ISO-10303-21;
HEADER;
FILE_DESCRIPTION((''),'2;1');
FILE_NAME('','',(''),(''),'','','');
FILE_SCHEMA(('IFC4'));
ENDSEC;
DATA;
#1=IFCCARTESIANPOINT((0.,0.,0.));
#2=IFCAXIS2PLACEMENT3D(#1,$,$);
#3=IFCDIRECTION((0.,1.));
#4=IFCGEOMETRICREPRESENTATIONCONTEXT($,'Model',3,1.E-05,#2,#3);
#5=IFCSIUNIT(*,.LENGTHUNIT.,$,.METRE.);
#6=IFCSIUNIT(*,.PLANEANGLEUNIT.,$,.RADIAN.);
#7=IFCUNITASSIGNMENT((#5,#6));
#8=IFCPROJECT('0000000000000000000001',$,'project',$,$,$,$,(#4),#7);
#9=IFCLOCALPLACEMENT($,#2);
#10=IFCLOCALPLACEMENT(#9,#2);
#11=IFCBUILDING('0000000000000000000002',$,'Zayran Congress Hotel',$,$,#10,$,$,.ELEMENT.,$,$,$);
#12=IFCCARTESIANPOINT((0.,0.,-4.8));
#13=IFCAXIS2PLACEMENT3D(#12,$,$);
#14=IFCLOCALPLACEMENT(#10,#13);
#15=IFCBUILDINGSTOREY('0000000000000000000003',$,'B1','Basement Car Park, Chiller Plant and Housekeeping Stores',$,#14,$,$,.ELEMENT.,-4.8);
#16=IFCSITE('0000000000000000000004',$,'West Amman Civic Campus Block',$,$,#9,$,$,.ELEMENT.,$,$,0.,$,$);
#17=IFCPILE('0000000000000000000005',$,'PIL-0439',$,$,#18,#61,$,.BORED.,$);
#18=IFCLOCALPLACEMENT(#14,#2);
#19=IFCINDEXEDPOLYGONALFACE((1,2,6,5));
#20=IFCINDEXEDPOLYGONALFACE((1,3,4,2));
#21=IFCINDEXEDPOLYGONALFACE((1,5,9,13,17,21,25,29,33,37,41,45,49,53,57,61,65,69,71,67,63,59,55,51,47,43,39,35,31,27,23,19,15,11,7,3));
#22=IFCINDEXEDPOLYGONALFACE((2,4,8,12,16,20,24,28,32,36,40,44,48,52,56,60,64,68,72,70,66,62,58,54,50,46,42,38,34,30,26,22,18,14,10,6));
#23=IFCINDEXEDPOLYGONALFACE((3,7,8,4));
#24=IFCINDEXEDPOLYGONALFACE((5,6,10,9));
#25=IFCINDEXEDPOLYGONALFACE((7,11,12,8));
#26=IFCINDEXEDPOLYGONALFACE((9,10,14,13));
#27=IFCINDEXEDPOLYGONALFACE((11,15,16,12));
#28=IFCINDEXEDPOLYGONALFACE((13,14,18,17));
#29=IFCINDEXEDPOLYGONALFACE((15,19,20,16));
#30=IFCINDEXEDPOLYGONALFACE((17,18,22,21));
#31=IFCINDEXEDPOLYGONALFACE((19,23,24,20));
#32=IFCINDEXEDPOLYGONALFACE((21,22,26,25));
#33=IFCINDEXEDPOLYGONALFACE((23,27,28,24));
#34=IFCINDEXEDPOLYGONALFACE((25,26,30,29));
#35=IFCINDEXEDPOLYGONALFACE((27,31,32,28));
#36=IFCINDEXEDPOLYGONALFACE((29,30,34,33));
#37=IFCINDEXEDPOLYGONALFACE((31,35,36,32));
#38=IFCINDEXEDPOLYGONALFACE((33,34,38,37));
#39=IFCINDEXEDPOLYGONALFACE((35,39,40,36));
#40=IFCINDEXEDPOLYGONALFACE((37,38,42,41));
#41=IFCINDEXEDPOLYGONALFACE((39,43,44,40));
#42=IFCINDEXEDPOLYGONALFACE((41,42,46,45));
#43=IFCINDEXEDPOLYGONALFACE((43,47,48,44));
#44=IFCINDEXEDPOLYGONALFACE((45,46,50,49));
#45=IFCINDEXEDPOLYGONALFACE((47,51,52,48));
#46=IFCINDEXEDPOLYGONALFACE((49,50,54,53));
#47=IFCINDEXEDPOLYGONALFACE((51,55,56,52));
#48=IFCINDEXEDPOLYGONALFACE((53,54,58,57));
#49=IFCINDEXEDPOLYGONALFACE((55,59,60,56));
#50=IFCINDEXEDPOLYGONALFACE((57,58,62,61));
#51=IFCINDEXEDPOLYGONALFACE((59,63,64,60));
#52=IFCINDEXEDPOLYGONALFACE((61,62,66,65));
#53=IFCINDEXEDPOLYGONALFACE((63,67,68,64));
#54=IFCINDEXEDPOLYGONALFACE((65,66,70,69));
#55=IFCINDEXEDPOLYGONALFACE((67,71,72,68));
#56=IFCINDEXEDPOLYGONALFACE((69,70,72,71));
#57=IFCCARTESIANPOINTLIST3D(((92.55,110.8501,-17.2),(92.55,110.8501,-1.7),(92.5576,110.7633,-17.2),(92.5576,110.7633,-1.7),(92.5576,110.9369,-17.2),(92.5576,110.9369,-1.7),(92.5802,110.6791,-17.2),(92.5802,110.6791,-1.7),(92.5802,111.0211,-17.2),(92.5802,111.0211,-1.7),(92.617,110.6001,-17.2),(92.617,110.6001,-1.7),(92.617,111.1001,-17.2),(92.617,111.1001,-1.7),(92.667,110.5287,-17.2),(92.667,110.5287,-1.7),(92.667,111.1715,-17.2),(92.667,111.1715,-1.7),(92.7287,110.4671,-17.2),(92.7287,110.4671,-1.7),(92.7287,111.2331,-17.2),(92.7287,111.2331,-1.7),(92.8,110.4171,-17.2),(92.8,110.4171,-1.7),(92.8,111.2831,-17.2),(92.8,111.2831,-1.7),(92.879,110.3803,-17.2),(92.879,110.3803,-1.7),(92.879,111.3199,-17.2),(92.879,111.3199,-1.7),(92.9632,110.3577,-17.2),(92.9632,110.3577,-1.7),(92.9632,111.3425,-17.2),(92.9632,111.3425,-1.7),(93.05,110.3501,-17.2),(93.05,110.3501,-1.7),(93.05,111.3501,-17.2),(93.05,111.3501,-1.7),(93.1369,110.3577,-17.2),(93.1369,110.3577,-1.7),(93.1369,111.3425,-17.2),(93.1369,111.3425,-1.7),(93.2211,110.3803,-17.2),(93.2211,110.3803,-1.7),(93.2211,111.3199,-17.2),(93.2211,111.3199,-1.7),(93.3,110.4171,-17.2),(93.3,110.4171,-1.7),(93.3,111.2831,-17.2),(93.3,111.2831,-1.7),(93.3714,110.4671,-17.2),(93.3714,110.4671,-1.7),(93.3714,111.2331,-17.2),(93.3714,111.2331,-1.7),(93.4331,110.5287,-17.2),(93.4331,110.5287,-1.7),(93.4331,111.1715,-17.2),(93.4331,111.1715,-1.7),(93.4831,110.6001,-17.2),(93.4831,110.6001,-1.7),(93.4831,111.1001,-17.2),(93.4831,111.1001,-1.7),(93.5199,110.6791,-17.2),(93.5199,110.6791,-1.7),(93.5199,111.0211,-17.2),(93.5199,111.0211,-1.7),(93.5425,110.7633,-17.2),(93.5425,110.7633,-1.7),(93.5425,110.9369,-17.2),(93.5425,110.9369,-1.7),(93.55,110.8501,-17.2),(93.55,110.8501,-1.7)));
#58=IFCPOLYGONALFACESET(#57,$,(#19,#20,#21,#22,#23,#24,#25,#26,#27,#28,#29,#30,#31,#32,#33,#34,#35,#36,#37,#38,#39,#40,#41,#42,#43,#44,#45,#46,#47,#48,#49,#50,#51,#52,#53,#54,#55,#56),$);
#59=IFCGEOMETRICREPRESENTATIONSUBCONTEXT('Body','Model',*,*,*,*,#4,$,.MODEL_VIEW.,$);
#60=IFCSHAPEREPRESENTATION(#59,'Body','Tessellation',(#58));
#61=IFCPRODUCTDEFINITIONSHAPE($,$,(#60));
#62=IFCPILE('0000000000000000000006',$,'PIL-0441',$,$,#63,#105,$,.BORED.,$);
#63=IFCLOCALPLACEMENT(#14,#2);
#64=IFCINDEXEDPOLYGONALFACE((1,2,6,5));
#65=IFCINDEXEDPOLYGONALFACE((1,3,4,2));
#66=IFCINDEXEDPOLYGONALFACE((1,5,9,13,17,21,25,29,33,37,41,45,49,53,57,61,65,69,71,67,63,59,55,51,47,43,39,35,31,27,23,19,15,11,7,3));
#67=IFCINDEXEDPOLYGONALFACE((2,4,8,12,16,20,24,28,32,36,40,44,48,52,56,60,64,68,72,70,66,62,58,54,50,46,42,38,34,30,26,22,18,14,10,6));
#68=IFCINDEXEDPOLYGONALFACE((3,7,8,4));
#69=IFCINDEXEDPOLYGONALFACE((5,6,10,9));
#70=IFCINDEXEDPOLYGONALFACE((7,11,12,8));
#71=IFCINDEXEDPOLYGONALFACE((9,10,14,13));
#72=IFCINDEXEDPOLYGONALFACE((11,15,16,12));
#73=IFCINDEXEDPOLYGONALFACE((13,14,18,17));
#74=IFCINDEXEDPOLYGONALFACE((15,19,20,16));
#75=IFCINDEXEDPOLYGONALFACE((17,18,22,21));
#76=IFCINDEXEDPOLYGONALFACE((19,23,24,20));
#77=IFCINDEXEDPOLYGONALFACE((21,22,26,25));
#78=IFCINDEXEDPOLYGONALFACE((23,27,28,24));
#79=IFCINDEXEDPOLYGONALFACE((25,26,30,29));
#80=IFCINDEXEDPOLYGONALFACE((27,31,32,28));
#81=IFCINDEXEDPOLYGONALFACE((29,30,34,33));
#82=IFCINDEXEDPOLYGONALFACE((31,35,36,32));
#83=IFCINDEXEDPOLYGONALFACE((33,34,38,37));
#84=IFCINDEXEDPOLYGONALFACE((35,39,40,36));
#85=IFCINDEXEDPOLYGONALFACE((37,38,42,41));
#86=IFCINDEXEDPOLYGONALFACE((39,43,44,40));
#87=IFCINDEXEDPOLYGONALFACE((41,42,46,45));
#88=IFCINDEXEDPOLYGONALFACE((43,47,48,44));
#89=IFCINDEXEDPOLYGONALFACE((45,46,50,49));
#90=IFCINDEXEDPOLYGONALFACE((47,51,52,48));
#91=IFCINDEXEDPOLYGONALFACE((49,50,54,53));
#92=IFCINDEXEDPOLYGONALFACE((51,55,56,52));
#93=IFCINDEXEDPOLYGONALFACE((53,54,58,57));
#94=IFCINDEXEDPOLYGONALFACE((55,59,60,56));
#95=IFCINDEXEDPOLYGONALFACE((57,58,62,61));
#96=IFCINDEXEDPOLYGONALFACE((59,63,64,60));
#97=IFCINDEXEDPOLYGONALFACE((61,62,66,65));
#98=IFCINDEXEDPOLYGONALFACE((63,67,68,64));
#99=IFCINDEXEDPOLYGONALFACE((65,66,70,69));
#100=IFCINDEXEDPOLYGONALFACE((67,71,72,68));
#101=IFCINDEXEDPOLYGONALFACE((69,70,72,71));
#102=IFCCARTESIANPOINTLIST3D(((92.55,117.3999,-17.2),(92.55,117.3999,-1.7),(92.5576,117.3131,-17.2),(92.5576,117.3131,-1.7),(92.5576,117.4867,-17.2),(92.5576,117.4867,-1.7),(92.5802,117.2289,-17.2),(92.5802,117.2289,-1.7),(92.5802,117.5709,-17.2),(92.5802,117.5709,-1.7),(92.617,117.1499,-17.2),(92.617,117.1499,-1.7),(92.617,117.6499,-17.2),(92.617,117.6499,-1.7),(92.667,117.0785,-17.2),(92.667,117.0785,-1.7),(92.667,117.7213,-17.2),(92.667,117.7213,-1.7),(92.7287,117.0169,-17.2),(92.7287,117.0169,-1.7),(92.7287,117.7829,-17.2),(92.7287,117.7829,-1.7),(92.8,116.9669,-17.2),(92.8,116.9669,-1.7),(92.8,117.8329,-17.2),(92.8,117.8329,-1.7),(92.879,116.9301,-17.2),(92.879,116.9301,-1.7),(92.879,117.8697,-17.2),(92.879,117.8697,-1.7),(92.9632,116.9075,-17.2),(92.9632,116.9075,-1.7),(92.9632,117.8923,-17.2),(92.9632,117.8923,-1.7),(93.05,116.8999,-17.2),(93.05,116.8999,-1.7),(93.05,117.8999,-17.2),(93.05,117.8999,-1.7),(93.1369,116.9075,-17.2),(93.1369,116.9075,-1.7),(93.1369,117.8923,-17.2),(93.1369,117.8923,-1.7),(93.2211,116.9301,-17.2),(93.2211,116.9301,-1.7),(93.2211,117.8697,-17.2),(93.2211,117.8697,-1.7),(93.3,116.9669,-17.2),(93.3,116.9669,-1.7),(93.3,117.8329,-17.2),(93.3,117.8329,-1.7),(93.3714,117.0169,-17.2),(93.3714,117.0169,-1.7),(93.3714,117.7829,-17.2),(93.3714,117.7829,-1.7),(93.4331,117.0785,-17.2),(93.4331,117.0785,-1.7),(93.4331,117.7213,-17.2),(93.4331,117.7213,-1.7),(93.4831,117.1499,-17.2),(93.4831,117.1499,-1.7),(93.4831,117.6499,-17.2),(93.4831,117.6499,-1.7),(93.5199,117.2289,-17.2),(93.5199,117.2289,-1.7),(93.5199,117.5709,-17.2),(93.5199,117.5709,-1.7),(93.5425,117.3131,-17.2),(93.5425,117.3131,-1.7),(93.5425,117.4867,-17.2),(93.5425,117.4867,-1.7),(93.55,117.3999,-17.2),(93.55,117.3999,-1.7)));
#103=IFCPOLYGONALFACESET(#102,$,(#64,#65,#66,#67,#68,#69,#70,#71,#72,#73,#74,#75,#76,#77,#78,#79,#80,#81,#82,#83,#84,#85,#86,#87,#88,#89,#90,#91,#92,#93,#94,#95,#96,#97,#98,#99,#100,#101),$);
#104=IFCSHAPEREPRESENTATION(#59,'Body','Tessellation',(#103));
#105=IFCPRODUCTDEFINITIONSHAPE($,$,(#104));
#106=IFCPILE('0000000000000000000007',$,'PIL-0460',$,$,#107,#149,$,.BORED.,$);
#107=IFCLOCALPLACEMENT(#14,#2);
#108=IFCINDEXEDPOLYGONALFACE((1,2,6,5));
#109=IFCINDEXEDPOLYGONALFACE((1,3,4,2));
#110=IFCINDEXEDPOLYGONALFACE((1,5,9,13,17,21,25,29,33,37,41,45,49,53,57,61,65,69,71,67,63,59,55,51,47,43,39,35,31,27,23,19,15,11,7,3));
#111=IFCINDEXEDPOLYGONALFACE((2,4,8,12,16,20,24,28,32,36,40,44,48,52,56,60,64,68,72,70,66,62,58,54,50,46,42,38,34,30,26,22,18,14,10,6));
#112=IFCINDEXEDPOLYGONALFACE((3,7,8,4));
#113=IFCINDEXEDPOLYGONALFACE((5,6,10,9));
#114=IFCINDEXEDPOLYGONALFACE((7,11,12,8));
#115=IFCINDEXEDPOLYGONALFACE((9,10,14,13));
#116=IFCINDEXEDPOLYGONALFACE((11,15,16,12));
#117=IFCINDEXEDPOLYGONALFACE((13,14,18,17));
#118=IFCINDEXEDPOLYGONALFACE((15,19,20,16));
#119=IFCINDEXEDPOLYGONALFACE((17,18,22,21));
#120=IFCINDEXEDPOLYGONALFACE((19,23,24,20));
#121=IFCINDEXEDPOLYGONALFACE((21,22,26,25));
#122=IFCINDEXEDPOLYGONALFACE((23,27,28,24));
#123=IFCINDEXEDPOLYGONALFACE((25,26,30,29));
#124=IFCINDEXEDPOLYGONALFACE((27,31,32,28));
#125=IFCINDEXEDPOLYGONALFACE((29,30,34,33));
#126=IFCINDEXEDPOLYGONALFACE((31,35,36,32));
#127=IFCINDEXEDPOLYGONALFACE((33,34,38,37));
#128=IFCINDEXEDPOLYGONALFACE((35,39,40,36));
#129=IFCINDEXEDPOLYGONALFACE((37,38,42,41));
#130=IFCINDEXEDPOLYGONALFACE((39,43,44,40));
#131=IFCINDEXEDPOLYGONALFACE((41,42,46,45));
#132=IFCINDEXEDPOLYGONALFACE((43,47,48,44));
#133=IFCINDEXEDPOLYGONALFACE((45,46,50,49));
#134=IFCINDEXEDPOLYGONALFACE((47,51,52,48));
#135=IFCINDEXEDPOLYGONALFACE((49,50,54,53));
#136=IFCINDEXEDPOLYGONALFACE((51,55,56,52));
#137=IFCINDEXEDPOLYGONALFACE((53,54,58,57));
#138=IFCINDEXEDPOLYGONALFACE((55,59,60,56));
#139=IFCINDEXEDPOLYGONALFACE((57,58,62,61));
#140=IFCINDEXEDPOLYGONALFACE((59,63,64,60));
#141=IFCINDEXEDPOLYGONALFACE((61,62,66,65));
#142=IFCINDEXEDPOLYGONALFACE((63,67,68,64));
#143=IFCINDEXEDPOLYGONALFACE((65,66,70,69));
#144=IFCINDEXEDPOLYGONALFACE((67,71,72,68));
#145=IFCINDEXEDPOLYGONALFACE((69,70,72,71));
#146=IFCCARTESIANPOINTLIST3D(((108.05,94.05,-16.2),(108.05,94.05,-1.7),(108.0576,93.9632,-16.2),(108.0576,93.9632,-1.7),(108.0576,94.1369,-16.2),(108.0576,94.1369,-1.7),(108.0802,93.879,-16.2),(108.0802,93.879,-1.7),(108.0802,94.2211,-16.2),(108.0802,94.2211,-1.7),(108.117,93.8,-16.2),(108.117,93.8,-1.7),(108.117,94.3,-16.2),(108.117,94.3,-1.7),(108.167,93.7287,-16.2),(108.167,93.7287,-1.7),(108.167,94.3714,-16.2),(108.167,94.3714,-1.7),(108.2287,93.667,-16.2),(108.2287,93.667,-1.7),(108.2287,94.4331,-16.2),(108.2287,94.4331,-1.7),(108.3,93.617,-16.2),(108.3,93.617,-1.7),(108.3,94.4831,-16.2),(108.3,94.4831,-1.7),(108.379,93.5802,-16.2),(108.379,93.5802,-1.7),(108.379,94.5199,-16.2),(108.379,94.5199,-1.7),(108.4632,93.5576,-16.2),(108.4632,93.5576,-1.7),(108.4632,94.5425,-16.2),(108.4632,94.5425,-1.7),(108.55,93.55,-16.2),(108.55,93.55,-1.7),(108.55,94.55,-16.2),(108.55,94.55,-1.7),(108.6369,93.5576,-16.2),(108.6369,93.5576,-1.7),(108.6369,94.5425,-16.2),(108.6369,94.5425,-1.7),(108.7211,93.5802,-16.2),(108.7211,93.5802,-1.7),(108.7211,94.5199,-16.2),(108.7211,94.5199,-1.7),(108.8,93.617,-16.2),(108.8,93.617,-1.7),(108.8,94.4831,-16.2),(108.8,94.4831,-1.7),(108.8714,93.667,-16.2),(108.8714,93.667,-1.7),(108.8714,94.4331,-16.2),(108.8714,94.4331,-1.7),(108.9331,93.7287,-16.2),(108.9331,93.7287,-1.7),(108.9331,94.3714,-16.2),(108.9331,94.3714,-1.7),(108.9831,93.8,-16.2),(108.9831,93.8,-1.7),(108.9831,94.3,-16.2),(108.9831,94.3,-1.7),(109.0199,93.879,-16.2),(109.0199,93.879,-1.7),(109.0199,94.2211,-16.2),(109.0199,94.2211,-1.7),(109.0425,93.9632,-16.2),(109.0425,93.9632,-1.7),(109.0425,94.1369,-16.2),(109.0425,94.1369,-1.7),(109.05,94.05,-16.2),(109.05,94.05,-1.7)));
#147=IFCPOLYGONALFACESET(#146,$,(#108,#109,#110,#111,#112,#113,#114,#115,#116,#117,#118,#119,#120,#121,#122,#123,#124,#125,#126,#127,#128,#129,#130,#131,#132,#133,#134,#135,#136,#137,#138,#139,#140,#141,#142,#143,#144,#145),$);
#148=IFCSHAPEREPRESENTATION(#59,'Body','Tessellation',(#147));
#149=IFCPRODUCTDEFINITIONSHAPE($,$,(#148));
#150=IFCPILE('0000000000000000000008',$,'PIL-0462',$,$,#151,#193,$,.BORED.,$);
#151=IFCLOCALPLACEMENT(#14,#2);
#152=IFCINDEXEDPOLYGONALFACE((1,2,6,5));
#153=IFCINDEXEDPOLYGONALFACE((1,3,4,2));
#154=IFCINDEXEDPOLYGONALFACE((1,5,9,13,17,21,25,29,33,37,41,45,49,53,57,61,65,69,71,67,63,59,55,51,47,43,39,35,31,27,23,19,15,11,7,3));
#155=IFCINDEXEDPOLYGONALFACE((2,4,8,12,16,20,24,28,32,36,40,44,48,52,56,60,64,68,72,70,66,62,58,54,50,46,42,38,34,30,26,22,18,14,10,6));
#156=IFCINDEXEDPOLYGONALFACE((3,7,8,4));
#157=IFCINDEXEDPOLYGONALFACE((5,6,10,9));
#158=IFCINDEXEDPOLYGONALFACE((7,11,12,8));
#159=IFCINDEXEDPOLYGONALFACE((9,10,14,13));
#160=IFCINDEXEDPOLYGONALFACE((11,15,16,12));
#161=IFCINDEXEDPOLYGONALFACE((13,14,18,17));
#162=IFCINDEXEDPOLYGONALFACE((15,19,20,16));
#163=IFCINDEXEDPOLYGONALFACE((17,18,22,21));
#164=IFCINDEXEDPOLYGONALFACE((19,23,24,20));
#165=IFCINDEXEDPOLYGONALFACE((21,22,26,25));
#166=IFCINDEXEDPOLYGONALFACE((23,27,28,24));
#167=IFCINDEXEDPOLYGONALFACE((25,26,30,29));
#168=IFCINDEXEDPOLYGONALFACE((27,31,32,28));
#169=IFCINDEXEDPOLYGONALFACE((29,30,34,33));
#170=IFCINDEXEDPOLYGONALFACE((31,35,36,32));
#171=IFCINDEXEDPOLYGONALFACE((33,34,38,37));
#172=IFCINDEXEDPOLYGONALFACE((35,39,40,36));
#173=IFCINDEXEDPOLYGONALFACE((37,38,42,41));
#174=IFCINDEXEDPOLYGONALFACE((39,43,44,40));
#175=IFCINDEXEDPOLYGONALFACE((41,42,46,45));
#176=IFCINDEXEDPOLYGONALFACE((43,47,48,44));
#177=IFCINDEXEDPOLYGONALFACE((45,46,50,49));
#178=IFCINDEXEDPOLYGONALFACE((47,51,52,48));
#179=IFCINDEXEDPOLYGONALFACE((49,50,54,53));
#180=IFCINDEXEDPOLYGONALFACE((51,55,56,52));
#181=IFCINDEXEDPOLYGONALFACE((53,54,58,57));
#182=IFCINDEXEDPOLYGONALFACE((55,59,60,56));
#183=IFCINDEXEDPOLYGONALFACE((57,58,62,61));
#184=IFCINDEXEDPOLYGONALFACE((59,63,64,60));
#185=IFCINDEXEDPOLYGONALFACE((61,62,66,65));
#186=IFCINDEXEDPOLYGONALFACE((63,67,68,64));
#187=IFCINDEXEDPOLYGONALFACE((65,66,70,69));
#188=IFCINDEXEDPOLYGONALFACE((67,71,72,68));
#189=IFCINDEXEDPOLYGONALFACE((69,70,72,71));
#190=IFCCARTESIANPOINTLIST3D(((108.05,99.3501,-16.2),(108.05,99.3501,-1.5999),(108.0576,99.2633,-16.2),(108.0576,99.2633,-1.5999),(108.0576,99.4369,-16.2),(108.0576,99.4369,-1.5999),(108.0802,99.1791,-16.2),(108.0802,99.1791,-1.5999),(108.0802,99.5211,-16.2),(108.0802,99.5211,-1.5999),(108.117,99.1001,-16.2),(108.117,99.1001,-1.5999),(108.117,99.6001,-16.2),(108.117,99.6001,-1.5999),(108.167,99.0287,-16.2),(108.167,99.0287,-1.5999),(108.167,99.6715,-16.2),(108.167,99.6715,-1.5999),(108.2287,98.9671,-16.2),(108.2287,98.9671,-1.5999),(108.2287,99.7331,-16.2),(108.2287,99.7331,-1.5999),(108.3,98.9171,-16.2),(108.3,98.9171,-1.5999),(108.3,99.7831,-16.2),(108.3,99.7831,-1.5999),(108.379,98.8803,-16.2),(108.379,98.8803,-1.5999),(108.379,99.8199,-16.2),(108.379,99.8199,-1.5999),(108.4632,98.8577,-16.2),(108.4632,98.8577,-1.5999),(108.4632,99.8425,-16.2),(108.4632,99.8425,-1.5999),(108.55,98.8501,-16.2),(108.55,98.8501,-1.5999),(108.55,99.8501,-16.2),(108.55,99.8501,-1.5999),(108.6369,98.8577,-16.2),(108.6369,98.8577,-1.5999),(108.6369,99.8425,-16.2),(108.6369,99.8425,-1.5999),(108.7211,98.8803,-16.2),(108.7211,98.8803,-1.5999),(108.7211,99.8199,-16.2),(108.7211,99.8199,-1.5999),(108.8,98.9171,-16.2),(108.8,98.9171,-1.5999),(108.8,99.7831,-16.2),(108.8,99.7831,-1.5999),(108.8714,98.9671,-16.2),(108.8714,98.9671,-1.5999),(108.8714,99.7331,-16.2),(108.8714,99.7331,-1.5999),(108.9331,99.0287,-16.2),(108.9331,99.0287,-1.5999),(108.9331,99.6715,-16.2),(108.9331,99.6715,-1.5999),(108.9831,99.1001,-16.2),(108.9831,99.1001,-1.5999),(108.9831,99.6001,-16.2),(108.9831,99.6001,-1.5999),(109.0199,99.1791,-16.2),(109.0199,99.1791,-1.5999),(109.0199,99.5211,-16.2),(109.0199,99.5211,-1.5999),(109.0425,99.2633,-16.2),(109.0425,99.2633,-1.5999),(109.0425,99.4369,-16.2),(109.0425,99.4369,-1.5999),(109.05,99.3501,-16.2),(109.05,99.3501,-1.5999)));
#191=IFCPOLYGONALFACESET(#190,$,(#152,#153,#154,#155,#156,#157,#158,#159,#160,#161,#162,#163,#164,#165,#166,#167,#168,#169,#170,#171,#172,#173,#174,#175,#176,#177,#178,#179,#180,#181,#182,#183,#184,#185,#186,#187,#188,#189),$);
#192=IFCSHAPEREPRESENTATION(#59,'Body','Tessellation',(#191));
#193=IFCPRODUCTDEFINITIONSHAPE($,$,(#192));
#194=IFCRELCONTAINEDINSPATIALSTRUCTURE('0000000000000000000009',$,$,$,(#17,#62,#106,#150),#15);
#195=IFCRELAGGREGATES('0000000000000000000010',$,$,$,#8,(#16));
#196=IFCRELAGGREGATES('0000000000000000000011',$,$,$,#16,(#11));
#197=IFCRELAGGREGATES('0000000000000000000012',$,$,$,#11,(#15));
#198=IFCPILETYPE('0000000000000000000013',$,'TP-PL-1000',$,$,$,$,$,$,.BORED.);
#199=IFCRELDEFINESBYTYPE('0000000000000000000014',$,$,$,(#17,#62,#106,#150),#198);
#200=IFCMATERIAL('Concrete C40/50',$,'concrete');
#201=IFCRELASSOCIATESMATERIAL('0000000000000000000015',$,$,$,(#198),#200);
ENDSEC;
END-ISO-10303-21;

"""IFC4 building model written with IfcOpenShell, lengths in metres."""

from ifc_helpers import new_model, si_unit, direction, frame, origin, origin_2d, place, context, subcontext, project, spatial, circle, extrude, material, material_profile, profile_set, type_object, element, save


model = new_model("IFC4")

# Units and contexts
model_context = context("Model", 3, precision=1e-05, world=origin(), true_north=direction((0.0, 1.0)))
body_context = subcontext(model_context, "Body", "Model", "MODEL_VIEW")
ifc_project = project(units=[si_unit("LENGTHUNIT", "METRE"), si_unit("PLANEANGLEUNIT", "RADIAN")], contexts=[model_context])

# Site, building, storey
site_placement = place(None, origin())
site = spatial("IfcSite", under=ifc_project, at=site_placement, Name="West Amman Civic Campus Block", CompositionType="ELEMENT", RefElevation=0.0)
building_placement = place(site_placement, origin())
building = spatial("IfcBuilding", under=site, at=building_placement, Name="Zayran Congress Hotel", CompositionType="ELEMENT")
storey_placement = place(building_placement, frame((0.0, 0.0, -4.8)))
storey = spatial("IfcBuildingStorey", under=building, at=storey_placement, Name="B1", Description="Basement Car Park, Chiller Plant and Housekeeping Stores", CompositionType="ELEMENT", Elevation=-4.8)

# Piles
ifc_material_1 = material(Name="Concrete C40/50", Category="concrete")
ifc_material_profile_1 = material_profile(ifc_material_1, circle(Radius=0.5, at=origin_2d()), Name="PILE D1000")
ifc_profile_set_1 = profile_set([ifc_material_profile_1], Name="Concrete C40/50")
pile_type = type_object("IfcPileType", Name="TP-PL-1000", PredefinedType="BORED", material=ifc_profile_set_1)
for number, where, z_axis, x_axis, name in (
    (1, (93.05, 110.8501, -1.7), (0.0, 0.0, -1.0), (1.0, 0.0, 0.0), "PIL-0439"),
    (2, (93.05, 117.3999, -1.7), (0.0, 0.0, -1.0), (1.0, 0.0, 0.0), "PIL-0441"),
):
    element("IfcPile", number, at=place(storey_placement, frame(where, z_axis=z_axis, x_axis=x_axis)), inside=storey, type_object=pile_type, Name=name, PredefinedType="BORED", context=body_context, shape_type="SweptSolid", body=[
        extrude(circle(Radius=0.5, at=origin_2d()), origin(), (0.0, 0.0, 1.0), 15.5),
    ])
pile_placement = place(storey_placement, frame((108.55, 94.05, -1.7), z_axis=(0.0, 0.0, -1.0), x_axis=(1.0, 0.0, 0.0)))
element("IfcPile", 3, at=pile_placement, inside=storey, type_object=pile_type, Name="PIL-0460", PredefinedType="BORED", context=body_context, shape_type="SweptSolid", body=[
    extrude(circle(Radius=0.5, at=origin_2d()), origin(), (0.0, 0.0, 1.0), 14.5),
])
for number, where, z_axis, x_axis, name in (
    (4, (108.55, 99.3501, -1.5999), (0.0, 0.0, -1.0), (1.0, 0.0, 0.0), "PIL-0462"),
):
    element("IfcPile", number, at=place(storey_placement, frame(where, z_axis=z_axis, x_axis=x_axis)), inside=storey, type_object=pile_type, Name=name, PredefinedType="BORED", context=body_context, shape_type="SweptSolid", body=[
        extrude(circle(Radius=0.5, at=origin_2d()), origin(), (0.0, 0.0, 1.0), 14.6001),
    ])

save(model, "model.ifc")
